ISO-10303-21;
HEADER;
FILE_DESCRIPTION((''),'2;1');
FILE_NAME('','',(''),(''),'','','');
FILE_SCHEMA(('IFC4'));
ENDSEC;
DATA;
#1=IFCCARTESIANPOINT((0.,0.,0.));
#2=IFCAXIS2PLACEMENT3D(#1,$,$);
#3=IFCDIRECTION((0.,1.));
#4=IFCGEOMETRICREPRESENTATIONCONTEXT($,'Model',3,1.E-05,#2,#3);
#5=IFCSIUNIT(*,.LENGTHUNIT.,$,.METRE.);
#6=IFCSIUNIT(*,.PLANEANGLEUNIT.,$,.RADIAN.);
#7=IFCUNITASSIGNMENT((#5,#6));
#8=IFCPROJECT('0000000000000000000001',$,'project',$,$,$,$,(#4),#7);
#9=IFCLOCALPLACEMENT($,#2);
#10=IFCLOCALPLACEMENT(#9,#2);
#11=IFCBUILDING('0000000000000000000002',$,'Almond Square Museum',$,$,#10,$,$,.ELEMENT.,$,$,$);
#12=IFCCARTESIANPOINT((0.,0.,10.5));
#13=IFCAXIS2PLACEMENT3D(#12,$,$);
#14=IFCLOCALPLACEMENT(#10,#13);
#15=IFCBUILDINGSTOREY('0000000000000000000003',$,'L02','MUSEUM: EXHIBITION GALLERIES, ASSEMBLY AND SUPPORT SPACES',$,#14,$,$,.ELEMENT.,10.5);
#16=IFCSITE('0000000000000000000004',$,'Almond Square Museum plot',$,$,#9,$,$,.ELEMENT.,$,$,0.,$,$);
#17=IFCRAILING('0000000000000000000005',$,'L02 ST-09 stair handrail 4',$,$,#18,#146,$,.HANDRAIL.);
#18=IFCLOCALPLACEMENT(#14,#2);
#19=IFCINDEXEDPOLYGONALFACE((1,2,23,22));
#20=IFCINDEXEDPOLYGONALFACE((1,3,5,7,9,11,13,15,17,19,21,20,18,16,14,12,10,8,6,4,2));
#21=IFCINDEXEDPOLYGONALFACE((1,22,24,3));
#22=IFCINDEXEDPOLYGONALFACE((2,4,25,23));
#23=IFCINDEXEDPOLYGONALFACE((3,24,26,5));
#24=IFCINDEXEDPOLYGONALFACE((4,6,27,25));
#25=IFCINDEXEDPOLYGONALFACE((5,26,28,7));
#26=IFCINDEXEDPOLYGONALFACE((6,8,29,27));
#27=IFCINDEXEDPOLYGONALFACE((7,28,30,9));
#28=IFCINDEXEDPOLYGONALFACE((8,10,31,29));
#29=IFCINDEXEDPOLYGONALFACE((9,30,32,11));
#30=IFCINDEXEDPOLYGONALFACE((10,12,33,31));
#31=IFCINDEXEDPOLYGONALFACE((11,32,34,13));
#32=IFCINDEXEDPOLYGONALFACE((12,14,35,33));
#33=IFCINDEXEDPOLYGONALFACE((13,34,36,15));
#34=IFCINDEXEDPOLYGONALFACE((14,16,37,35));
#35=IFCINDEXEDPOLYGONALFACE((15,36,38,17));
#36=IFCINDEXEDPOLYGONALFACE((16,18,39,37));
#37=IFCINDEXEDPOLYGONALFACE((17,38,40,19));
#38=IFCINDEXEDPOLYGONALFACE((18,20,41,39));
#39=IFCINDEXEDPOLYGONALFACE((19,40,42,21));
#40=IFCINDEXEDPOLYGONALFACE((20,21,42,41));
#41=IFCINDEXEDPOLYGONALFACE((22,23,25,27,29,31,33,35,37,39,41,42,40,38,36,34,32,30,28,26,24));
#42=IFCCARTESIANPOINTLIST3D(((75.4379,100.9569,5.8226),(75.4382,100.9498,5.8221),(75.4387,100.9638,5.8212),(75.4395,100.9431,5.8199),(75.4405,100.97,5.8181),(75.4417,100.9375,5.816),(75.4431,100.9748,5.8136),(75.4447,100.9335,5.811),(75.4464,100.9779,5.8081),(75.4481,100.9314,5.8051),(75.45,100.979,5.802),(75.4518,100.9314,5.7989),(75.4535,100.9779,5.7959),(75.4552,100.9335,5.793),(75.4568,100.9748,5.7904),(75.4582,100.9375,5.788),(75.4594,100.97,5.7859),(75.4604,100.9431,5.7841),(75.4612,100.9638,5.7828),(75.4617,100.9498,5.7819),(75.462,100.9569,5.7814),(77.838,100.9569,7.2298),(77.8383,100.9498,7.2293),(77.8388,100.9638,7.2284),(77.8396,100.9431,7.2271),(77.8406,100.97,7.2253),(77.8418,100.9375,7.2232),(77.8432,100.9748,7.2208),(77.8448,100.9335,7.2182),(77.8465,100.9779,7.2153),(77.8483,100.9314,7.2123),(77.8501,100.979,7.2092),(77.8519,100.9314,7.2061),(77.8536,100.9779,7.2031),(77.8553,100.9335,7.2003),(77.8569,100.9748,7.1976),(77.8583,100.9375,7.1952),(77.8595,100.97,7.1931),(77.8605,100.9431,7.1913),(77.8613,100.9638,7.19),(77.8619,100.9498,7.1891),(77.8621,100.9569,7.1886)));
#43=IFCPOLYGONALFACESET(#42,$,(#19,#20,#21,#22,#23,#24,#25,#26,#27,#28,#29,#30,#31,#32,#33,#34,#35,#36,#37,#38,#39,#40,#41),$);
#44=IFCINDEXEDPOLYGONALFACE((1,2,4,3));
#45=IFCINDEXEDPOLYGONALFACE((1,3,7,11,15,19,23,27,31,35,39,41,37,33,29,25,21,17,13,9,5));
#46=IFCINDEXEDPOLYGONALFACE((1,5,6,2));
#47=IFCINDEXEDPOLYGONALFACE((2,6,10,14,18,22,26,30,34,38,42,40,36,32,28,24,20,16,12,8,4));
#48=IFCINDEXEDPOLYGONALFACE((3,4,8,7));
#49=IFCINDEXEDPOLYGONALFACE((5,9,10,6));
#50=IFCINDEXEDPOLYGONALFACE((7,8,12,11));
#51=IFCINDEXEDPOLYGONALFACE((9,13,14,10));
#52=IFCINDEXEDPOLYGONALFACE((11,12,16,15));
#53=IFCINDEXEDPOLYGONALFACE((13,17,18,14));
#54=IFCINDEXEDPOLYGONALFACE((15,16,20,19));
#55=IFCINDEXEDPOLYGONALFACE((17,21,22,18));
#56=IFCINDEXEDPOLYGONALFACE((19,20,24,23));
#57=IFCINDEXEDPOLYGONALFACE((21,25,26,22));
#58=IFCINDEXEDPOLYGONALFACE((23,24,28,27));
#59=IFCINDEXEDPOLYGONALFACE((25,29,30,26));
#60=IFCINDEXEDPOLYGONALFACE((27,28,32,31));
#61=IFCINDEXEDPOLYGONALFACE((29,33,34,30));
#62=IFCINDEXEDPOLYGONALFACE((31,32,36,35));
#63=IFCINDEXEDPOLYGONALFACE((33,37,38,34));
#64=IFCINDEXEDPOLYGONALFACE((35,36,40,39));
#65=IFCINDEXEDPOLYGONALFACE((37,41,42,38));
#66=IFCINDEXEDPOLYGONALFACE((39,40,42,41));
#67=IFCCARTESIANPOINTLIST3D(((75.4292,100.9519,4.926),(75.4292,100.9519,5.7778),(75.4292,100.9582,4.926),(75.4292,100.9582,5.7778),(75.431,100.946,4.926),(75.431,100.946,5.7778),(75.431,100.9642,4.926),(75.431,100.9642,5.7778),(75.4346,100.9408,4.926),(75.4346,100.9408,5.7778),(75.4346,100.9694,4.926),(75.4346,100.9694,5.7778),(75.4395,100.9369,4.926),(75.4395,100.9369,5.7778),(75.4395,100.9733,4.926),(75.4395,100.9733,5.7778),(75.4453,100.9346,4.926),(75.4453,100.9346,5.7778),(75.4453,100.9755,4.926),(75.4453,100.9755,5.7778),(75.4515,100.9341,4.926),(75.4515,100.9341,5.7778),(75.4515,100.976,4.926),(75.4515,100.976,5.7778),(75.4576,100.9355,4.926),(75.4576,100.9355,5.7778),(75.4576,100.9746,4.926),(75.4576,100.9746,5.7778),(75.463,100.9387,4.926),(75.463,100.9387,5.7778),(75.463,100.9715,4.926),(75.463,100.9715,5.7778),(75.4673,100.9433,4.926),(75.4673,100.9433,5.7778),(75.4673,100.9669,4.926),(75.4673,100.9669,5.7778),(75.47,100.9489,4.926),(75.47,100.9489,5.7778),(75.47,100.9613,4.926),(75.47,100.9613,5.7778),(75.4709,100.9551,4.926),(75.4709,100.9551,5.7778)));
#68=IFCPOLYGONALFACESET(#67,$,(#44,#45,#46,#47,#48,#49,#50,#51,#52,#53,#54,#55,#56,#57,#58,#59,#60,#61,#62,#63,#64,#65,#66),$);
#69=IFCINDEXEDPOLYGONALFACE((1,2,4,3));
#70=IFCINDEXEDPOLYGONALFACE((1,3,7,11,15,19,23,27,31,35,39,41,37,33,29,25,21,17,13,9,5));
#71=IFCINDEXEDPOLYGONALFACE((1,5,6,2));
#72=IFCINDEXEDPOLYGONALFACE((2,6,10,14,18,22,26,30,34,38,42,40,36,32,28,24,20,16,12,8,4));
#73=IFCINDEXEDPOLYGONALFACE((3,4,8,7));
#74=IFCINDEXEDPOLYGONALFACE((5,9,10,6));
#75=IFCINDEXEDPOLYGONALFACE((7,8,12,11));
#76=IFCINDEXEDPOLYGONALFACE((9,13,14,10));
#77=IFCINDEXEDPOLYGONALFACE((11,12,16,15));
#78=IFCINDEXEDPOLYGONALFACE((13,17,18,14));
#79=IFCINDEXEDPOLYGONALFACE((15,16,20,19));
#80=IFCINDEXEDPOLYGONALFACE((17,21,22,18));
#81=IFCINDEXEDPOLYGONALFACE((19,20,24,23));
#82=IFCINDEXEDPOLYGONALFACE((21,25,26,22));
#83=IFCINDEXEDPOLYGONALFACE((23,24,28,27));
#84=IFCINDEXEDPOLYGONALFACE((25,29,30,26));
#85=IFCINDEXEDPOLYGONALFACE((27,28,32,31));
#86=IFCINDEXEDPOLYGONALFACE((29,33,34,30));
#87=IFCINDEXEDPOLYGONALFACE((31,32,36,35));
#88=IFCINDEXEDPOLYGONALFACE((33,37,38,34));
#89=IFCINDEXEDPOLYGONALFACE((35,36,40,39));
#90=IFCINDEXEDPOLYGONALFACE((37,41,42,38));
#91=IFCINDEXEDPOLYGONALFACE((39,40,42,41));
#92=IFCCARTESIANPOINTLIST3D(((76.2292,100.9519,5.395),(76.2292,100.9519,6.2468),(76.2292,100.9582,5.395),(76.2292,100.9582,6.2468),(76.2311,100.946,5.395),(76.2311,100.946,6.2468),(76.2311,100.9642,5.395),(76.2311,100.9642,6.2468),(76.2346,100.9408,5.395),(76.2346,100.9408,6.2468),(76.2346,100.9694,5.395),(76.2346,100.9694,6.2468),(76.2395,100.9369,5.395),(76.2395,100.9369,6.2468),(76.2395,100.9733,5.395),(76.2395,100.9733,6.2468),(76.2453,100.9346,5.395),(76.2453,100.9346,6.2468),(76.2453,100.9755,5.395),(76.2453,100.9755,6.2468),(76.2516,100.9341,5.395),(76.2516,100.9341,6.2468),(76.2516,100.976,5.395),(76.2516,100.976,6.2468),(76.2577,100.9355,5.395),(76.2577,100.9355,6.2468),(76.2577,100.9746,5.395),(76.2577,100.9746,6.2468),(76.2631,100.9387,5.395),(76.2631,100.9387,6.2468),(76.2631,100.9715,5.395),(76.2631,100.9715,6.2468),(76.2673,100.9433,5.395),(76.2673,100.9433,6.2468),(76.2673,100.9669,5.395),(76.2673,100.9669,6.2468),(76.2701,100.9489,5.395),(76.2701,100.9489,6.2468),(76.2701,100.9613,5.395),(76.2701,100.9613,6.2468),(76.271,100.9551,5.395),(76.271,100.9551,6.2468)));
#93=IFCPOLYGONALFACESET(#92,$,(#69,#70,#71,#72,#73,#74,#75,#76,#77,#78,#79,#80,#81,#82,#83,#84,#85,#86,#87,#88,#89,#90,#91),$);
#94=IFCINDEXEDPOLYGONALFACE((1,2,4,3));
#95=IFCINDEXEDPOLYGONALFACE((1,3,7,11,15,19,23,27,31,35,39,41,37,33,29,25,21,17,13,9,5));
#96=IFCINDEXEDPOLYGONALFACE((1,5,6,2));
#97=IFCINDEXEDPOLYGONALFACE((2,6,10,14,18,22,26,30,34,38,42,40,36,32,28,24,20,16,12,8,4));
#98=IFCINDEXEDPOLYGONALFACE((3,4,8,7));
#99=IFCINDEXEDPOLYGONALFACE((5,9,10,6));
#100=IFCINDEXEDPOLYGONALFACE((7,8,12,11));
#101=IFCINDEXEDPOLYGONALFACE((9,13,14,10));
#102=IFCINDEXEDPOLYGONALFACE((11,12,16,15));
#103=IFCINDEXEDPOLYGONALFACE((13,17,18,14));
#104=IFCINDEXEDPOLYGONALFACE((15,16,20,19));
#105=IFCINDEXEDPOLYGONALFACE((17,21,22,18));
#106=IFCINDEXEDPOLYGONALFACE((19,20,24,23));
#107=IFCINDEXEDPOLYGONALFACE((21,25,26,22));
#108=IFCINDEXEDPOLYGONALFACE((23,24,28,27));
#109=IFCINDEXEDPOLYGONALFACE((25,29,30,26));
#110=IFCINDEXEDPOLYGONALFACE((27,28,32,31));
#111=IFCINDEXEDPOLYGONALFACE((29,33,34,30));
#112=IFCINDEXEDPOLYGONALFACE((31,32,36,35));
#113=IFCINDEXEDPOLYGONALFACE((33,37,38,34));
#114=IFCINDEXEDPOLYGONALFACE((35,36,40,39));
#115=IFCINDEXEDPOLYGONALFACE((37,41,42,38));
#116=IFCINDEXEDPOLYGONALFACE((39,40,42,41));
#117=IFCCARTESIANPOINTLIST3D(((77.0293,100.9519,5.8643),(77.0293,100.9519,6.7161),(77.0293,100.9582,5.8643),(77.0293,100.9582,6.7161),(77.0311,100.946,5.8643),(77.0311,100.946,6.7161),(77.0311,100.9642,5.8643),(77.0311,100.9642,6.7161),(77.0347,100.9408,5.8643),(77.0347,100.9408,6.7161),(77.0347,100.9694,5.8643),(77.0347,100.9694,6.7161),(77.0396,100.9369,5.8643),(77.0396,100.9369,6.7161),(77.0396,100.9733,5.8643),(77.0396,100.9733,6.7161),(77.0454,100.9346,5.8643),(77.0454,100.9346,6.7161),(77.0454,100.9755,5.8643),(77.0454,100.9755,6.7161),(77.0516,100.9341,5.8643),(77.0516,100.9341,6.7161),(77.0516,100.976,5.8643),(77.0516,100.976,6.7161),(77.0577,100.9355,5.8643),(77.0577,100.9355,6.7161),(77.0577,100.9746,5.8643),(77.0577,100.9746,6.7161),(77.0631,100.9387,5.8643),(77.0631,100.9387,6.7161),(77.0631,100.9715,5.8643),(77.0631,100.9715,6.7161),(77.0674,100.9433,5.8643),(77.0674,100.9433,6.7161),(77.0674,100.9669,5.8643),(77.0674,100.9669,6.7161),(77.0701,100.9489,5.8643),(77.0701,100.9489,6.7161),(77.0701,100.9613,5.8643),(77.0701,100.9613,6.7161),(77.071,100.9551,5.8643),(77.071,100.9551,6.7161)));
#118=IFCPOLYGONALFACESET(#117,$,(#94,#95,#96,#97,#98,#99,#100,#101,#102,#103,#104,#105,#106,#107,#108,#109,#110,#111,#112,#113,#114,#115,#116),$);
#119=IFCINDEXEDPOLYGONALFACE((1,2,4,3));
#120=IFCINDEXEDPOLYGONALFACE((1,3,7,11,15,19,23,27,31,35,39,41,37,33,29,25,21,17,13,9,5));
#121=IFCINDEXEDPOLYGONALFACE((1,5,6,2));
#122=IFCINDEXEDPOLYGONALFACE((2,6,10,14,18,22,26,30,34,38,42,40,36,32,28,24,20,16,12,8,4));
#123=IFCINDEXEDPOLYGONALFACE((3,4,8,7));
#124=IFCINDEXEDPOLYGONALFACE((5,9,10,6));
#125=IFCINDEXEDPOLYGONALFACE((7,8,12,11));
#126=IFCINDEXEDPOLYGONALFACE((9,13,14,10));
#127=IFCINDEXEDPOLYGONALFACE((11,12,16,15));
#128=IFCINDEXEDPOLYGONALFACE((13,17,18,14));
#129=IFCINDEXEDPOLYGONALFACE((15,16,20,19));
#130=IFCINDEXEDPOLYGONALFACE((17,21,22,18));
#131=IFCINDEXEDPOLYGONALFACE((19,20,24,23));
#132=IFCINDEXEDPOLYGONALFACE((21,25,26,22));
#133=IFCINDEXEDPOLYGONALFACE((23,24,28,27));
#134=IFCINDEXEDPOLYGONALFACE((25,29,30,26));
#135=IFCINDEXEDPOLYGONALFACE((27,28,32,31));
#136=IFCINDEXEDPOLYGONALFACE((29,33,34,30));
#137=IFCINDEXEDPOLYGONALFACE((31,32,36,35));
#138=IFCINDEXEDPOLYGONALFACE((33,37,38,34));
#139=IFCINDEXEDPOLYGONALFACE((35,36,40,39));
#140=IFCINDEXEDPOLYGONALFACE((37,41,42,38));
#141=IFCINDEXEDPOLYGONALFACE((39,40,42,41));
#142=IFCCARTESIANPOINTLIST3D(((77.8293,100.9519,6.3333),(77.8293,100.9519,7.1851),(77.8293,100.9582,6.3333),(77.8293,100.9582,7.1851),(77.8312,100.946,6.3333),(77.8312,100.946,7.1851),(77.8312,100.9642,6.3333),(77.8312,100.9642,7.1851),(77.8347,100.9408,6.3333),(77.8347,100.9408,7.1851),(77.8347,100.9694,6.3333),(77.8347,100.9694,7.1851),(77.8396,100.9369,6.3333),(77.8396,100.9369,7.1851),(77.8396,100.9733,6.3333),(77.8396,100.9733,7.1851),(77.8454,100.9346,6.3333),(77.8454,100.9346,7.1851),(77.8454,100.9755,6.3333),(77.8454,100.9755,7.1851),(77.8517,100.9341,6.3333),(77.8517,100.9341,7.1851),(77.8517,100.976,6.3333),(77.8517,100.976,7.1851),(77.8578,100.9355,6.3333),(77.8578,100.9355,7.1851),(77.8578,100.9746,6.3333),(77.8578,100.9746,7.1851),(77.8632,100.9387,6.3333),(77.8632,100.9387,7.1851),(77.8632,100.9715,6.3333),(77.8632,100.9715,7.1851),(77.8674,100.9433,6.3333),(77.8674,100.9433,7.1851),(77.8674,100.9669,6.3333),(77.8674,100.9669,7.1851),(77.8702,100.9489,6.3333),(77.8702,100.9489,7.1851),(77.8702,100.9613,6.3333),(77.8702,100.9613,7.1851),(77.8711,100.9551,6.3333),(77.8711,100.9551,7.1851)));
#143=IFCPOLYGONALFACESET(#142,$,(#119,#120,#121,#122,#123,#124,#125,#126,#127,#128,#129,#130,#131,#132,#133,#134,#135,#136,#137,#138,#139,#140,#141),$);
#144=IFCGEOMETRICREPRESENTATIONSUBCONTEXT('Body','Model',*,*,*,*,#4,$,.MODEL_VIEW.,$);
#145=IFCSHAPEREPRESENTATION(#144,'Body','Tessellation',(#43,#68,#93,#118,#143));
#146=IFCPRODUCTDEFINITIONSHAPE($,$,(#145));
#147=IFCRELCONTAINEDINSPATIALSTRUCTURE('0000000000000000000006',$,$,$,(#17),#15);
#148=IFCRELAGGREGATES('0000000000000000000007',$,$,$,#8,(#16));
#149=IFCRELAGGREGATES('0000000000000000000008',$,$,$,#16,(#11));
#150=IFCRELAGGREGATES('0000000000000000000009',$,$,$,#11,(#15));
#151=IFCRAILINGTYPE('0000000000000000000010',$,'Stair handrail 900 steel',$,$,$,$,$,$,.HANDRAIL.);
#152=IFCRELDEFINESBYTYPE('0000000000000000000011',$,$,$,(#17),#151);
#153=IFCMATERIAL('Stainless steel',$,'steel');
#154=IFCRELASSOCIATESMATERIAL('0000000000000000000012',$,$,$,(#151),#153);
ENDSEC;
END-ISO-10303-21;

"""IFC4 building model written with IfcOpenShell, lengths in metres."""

from ifc_helpers import new_model, si_unit, direction, frame, origin, origin_2d, place, context, subcontext, project, spatial, circle, extrude, material, type_object, element, save


model = new_model("IFC4")

# Units and contexts
model_context = context("Model", 3, precision=1e-05, world=origin(), true_north=direction((0.0, 1.0)))
body_context = subcontext(model_context, "Body", "Model", "MODEL_VIEW")
ifc_project = project(units=[si_unit("LENGTHUNIT", "METRE"), si_unit("PLANEANGLEUNIT", "RADIAN")], contexts=[model_context])

# Site, building, storey
site_placement = place(None, origin())
site = spatial("IfcSite", under=ifc_project, at=site_placement, Name="Almond Square Museum plot", CompositionType="ELEMENT", RefElevation=0.0)
building_placement = place(site_placement, origin())
building = spatial("IfcBuilding", under=site, at=building_placement, Name="Almond Square Museum", CompositionType="ELEMENT")
storey_placement = place(building_placement, frame((0.0, 0.0, 10.5)))
storey = spatial("IfcBuildingStorey", under=building, at=storey_placement, Name="L02", Description="MUSEUM: EXHIBITION GALLERIES, ASSEMBLY AND SUPPORT SPACES", CompositionType="ELEMENT", Elevation=10.5)

# Railing
ifc_material_1 = material(Name="Stainless steel", Category="steel")
railing_type_1 = type_object("IfcRailingType", Name="Stair handrail 900 steel", PredefinedType="HANDRAIL", material=ifc_material_1)
railing_1_placement = place(storey_placement, frame((75.45, 100.9551, 4.926)))
element("IfcRailing", 1, at=railing_1_placement, inside=storey, type_object=railing_type_1, Name="L02 ST-09 stair handrail 4", PredefinedType="HANDRAIL", context=body_context, shape_type="SweptSolid", body=[
    extrude(circle(Radius=0.0239, at=origin_2d()), frame((0.0, 0.0, 0.876), z_axis=(0.86266, 0.0, 0.505785), x_axis=(0.0, 1.0, 0.0)), (0.0, 0.0, 1.0), 2.7822),
    extrude(circle(Radius=0.021, at=origin_2d()), origin(), (0.0, 0.0, 1.0), 0.8518),
    extrude(circle(Radius=0.021, at=origin_2d()), frame((0.8, 0.0, 0.469)), (0.0, 0.0, 1.0), 0.8518),
    extrude(circle(Radius=0.021, at=origin_2d()), frame((1.6001, 0.0, 0.9382)), (0.0, 0.0, 1.0), 0.8518),
    extrude(circle(Radius=0.021, at=origin_2d()), frame((2.4001, 0.0, 1.4072)), (0.0, 0.0, 1.0), 0.8518),
])

save(model, "model.ifc")
